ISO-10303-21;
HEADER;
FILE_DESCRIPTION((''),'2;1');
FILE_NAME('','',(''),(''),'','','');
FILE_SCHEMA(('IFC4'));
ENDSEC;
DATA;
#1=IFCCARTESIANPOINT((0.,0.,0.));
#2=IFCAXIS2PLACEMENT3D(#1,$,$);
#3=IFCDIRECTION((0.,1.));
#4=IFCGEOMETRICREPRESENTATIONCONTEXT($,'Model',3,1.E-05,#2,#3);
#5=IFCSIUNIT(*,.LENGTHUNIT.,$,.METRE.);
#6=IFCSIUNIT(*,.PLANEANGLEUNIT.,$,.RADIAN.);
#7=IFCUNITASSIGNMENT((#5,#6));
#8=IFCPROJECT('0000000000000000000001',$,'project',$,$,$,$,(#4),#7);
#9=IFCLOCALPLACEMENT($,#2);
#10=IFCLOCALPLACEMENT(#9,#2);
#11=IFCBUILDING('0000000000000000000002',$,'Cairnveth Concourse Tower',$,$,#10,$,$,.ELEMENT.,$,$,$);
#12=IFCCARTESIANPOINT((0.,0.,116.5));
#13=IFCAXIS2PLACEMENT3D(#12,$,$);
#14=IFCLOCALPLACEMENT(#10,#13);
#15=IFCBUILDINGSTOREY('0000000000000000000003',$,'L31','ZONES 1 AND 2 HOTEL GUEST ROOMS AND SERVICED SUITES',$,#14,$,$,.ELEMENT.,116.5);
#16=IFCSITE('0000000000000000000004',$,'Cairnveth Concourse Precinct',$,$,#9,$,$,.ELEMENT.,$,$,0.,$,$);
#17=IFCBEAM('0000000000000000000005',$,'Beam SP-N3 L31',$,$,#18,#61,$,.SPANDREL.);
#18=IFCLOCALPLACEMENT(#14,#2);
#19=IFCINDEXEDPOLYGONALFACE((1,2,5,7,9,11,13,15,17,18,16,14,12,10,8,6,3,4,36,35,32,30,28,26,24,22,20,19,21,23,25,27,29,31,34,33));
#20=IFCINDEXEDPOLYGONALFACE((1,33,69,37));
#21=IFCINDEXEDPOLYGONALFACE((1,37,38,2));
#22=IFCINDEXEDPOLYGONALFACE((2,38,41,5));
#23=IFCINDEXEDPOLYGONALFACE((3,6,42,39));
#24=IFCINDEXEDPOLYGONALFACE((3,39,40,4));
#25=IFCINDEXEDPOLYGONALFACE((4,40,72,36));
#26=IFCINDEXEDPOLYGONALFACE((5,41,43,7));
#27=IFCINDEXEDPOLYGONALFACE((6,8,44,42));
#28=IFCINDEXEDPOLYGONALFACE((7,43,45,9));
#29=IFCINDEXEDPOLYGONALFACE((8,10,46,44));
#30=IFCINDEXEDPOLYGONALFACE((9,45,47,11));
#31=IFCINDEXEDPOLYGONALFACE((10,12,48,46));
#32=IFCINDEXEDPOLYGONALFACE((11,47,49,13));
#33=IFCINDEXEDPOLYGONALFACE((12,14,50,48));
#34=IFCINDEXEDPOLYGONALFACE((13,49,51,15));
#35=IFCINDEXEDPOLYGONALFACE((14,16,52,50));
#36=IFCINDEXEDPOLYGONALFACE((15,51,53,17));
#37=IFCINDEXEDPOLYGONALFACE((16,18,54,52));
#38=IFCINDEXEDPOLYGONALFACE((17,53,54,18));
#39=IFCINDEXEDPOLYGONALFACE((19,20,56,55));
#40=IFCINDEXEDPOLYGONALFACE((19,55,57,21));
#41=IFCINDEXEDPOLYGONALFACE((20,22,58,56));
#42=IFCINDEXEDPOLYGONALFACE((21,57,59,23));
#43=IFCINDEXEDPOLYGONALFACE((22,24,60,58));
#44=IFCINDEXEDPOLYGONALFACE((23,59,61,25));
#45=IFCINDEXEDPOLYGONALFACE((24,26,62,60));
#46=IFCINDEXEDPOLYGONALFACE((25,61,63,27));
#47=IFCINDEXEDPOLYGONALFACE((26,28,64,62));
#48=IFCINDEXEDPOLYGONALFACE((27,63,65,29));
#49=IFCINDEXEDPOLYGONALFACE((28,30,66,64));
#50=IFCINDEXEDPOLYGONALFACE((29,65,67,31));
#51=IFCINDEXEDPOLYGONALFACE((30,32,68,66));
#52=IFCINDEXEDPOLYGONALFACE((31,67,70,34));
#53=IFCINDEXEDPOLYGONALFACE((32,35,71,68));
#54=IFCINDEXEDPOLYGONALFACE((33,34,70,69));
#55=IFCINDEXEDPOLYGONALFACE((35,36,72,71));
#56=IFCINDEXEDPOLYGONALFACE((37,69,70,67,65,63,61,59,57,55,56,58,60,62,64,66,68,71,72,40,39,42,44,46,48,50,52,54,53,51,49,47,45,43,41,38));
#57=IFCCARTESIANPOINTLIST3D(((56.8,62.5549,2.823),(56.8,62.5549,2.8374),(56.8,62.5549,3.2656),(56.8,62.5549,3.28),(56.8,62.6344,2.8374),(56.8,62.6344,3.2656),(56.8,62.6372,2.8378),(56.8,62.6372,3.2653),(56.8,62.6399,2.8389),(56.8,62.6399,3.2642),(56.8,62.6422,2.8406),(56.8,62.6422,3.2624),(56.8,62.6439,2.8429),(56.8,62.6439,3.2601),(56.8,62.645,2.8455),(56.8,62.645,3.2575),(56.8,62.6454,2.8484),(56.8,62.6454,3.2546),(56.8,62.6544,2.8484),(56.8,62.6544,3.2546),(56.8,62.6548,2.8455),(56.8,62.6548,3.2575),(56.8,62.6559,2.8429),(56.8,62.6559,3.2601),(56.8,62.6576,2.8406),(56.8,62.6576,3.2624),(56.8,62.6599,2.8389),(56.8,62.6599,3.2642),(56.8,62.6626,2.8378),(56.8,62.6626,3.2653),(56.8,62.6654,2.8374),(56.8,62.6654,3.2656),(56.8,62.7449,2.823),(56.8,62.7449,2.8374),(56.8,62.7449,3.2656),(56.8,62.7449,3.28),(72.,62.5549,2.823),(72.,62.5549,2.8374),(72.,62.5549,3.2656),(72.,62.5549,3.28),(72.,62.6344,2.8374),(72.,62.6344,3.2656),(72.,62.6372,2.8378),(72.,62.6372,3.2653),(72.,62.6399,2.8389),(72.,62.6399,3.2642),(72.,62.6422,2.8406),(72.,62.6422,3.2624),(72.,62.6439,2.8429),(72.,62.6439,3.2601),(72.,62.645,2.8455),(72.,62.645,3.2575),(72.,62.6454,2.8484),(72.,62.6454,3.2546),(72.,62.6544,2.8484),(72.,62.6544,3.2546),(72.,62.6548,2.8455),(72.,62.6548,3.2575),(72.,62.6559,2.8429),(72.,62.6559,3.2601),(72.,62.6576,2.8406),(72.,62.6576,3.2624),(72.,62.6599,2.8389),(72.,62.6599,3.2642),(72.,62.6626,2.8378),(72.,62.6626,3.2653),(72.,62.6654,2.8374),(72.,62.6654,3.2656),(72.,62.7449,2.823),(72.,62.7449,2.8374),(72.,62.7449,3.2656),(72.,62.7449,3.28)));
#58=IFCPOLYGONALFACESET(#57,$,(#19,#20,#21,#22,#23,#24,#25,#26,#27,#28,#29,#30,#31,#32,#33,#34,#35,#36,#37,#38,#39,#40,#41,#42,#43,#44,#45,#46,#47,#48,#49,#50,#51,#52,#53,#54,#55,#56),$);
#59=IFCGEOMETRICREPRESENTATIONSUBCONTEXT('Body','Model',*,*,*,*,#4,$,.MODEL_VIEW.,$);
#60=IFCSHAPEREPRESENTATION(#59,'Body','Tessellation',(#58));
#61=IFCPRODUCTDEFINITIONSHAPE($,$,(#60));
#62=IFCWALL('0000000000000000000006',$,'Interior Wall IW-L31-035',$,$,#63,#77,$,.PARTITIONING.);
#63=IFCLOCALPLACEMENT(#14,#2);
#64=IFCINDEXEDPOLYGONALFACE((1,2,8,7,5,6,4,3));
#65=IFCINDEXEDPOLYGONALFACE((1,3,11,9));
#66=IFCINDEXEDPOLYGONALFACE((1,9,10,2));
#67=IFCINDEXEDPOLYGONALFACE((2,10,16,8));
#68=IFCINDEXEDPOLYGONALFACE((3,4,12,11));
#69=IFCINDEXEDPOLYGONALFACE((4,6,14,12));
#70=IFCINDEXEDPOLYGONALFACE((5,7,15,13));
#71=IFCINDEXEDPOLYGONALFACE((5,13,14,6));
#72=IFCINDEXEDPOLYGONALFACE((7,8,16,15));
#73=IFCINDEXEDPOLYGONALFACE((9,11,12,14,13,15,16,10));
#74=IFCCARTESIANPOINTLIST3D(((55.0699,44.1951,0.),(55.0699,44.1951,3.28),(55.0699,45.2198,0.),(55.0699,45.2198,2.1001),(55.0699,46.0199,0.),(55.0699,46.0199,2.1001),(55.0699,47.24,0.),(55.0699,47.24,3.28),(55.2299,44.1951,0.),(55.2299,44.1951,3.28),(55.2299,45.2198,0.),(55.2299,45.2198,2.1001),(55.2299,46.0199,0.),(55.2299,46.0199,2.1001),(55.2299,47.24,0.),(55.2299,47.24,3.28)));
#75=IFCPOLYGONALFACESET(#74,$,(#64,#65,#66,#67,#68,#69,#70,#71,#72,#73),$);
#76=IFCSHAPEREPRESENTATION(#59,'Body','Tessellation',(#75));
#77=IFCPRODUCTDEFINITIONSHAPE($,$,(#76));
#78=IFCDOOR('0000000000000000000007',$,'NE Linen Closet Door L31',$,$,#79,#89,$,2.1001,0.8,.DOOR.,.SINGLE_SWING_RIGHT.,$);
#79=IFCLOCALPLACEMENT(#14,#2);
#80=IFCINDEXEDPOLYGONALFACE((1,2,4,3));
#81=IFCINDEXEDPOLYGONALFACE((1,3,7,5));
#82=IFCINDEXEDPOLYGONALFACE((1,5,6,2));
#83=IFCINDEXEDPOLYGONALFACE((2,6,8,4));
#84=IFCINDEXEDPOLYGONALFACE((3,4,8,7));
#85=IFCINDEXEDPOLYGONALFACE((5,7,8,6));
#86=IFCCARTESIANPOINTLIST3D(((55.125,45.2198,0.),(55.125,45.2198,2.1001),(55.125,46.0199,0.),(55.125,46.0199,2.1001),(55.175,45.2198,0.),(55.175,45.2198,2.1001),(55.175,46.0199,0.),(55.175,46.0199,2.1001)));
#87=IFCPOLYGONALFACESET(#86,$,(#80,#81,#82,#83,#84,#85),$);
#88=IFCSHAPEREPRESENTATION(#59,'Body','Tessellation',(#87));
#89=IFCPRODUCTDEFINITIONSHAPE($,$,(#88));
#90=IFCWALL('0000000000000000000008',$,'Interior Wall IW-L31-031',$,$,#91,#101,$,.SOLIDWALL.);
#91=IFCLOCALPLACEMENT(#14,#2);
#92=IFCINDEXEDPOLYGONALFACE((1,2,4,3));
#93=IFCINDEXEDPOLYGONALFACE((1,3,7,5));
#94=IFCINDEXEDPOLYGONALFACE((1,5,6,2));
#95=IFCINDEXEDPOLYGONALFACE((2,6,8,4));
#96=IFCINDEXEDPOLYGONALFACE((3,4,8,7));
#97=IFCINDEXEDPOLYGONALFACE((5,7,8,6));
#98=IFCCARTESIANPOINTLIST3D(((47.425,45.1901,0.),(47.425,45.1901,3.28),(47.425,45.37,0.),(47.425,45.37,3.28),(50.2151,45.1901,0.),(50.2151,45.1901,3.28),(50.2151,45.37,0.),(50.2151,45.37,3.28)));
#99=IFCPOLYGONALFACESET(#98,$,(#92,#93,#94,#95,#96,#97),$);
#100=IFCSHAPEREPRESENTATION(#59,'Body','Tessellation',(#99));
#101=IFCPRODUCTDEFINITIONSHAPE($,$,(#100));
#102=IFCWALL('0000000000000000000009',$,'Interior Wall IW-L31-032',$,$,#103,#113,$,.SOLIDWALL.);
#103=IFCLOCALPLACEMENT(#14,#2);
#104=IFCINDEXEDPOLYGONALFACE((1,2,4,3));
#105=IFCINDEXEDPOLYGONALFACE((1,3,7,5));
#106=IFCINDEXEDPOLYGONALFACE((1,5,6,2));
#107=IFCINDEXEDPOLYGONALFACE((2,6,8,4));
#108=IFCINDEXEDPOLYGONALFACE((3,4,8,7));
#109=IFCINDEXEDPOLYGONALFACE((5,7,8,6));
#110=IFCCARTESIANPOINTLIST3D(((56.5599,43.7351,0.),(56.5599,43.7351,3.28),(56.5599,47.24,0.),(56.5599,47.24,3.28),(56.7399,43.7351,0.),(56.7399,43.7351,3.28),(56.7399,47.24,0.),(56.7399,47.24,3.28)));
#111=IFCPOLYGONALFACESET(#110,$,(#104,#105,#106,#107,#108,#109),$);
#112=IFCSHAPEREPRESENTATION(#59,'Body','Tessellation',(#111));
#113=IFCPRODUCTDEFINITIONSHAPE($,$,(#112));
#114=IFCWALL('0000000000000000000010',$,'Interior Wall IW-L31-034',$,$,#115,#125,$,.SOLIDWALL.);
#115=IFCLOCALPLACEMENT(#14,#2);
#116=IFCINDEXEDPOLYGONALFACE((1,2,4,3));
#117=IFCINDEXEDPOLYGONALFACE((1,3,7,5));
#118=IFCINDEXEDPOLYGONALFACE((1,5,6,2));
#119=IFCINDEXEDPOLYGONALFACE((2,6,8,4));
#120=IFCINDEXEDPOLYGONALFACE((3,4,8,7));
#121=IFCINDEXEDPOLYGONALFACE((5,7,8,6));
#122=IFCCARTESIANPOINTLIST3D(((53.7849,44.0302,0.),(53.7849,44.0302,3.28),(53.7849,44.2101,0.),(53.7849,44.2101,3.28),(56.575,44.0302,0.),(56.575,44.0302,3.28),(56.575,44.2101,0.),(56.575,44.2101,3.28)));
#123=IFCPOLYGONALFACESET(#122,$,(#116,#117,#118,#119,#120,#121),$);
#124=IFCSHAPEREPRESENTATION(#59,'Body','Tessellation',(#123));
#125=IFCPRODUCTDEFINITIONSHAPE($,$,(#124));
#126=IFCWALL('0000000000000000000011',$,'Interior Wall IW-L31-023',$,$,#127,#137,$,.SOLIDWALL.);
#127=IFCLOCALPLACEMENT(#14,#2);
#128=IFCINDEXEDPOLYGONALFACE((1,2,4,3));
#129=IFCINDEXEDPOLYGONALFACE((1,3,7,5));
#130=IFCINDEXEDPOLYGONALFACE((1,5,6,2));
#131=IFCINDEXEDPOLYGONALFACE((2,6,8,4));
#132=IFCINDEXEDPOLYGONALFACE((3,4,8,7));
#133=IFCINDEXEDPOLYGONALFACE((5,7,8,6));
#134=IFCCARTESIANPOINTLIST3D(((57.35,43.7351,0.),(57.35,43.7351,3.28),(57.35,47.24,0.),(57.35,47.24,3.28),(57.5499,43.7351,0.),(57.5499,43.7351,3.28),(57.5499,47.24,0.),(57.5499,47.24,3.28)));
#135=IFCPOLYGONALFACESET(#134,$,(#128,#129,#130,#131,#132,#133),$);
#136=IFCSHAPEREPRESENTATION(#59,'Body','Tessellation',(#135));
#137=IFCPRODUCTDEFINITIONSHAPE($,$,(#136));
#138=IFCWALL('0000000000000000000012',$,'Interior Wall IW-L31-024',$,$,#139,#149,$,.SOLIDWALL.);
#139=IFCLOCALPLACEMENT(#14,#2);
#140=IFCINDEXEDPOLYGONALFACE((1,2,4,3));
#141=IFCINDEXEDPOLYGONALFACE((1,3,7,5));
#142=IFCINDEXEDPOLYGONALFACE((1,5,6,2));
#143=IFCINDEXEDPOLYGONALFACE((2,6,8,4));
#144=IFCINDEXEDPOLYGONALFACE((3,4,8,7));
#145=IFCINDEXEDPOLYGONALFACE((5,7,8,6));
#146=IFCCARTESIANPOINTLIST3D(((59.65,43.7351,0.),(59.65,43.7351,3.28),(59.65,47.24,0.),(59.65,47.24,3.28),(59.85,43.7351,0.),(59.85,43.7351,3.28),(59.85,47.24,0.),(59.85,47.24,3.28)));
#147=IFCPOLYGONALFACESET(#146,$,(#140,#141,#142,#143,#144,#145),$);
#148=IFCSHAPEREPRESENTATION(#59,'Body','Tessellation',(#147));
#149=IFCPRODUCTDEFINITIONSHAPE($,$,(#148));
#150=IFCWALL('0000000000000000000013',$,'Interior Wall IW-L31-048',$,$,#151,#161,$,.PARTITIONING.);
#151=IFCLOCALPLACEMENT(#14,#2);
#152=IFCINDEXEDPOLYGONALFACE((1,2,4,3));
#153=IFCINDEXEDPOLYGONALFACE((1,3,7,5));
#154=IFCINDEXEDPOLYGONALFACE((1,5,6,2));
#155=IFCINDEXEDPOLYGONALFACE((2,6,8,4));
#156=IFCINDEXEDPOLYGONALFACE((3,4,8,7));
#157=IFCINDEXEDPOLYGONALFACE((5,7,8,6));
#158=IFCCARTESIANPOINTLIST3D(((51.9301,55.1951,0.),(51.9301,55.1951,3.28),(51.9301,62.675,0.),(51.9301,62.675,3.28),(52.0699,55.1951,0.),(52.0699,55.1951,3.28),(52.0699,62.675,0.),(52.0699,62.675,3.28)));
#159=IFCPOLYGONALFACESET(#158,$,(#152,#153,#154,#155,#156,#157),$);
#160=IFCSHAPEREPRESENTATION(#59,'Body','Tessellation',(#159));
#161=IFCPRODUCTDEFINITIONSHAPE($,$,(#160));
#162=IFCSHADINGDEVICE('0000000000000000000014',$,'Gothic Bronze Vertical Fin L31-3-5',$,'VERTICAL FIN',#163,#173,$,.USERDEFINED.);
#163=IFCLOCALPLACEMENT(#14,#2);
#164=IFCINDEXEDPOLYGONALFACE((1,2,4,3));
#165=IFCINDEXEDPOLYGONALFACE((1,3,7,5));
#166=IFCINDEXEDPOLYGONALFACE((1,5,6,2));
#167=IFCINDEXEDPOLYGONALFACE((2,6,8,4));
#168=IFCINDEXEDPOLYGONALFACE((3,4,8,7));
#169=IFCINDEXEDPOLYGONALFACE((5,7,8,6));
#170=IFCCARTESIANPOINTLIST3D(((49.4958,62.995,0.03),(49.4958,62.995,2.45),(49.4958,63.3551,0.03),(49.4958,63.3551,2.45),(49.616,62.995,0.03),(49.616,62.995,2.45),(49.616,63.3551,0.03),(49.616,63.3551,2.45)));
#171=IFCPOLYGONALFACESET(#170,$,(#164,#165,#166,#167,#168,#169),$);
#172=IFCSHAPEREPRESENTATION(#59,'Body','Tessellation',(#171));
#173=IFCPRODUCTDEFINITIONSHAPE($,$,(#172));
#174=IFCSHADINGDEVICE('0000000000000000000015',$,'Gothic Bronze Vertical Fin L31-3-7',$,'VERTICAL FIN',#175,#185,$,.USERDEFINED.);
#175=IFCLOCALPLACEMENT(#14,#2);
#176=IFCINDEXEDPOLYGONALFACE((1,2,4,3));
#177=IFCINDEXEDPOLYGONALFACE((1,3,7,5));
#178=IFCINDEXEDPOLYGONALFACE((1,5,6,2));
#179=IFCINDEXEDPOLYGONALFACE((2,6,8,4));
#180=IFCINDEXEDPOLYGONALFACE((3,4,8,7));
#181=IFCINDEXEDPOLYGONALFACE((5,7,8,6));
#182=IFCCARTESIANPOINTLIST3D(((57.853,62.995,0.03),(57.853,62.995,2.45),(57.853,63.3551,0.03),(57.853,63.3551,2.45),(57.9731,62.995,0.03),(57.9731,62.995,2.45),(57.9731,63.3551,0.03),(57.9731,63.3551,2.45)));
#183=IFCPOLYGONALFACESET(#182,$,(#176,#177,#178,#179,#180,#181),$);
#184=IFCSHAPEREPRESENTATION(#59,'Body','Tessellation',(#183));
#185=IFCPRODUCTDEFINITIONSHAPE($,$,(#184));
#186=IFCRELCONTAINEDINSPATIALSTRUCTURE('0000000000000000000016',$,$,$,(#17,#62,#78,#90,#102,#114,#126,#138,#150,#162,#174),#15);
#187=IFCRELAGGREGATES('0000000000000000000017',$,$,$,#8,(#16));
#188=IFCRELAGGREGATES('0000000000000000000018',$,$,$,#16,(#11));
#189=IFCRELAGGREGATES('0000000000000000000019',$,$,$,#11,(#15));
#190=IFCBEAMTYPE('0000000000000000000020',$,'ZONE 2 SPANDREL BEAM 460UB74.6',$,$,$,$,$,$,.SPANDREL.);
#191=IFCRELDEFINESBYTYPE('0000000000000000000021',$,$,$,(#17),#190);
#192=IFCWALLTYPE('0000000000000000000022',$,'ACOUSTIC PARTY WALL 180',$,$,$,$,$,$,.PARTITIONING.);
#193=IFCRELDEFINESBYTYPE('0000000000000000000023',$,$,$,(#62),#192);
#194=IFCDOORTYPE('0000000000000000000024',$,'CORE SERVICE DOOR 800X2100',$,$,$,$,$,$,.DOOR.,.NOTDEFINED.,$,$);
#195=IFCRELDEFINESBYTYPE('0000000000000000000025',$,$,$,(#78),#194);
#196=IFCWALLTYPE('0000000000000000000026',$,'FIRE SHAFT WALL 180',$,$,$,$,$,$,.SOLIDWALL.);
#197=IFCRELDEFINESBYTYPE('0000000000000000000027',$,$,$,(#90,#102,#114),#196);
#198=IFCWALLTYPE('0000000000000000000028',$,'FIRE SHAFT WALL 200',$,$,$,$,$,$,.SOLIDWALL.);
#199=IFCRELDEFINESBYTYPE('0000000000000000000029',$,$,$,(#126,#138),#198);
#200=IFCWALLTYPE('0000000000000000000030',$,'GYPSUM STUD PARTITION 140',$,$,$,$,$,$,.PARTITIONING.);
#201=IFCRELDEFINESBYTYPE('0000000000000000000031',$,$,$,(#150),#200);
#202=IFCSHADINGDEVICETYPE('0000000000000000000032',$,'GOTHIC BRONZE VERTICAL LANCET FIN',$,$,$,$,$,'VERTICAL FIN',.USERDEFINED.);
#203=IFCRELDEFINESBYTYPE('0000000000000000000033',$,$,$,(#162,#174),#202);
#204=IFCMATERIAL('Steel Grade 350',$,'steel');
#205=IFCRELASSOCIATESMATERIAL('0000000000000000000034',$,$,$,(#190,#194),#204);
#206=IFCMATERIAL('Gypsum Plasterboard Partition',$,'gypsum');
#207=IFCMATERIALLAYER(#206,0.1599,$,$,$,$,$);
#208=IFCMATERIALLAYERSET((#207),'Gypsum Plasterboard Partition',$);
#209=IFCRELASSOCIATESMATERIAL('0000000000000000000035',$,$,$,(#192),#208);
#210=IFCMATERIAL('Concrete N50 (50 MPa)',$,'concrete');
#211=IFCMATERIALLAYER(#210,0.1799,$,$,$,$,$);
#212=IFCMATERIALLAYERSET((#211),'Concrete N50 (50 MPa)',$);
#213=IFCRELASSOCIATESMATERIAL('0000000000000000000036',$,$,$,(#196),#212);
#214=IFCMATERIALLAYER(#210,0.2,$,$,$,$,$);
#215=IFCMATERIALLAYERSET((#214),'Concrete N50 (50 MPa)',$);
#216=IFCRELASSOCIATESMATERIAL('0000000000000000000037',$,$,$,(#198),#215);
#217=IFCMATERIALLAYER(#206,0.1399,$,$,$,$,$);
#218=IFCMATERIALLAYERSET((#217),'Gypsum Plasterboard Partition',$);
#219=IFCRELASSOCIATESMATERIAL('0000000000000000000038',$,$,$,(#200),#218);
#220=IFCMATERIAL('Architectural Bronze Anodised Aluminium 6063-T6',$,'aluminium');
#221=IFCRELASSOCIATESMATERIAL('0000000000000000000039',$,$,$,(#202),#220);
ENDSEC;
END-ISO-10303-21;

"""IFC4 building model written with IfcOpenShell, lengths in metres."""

from ifc_helpers import new_model, si_unit, direction, frame, frame_2d, origin, origin_2d, place, context, subcontext, project, spatial, rectangle, i_section, extrude, material, layer, layer_set, material_profile, profile_set, type_object, element, fill, save


model = new_model("IFC4")

# Units and contexts
model_context = context("Model", 3, precision=1e-05, world=origin(), true_north=direction((0.0, 1.0)))
body_context = subcontext(model_context, "Body", "Model", "MODEL_VIEW")
ifc_project = project(units=[si_unit("LENGTHUNIT", "METRE"), si_unit("PLANEANGLEUNIT", "RADIAN")], contexts=[model_context])

# Site, building, storey
site_placement = place(None, origin())
site = spatial("IfcSite", under=ifc_project, at=site_placement, Name="Cairnveth Concourse Precinct", CompositionType="ELEMENT", RefElevation=0.0)
building_placement = place(site_placement, origin())
building = spatial("IfcBuilding", under=site, at=building_placement, Name="Cairnveth Concourse Tower", CompositionType="ELEMENT")
storey_placement = place(building_placement, frame((0.0, 0.0, 116.5)))
storey = spatial("IfcBuildingStorey", under=building, at=storey_placement, Name="L31", Description="ZONES 1 AND 2 HOTEL GUEST ROOMS AND SERVICED SUITES", CompositionType="ELEMENT", Elevation=116.5)

# Beam
ifc_material_1 = material(Name="Steel Grade 350", Category="steel")
ifc_material_profile_1 = material_profile(ifc_material_1, i_section(OverallWidth=0.1899, OverallDepth=0.457, WebThickness=0.009, FlangeThickness=0.0144, FilletRadius=0.011, at=origin_2d()), Name="460UB74.6")
ifc_profile_set_1 = profile_set([ifc_material_profile_1], Name="Steel Grade 350")
beam_type_1 = type_object("IfcBeamType", Name="ZONE 2 SPANDREL BEAM 460UB74.6", PredefinedType="SPANDREL", material=ifc_profile_set_1)
beam_1_placement = place(storey_placement, frame((56.8, 62.6499, 3.0515), z_axis=(1.0, 0.0, 0.0), x_axis=(0.0, 1.0, 0.0)))
element("IfcBeam", 1, at=beam_1_placement, inside=storey, type_object=beam_type_1, Name="Beam SP-N3 L31", PredefinedType="SPANDREL", context=body_context, shape_type="SweptSolid", body=[
    extrude(i_section(OverallWidth=0.1899, OverallDepth=0.457, WebThickness=0.009, FlangeThickness=0.0144, FilletRadius=0.011, at=origin_2d()), origin(), (0.0, 0.0, 1.0), 15.2),
])

# Wall, opening, door
ifc_material_2 = material(Name="Gypsum Plasterboard Partition", Category="gypsum")
ifc_layer_1 = layer(ifc_material_2, 0.1599)
ifc_layer_set_1 = layer_set([ifc_layer_1], Name="Gypsum Plasterboard Partition")
wall_type_1 = type_object("IfcWallType", Name="ACOUSTIC PARTY WALL 180", PredefinedType="PARTITIONING", material=ifc_layer_set_1)
wall_1_placement = place(storey_placement, frame((55.1499, 44.1951, 0.0), z_axis=(0.0, 0.0, 1.0), x_axis=(0.0, 1.0, 0.0)))
wall_1 = element("IfcWall", 2, at=wall_1_placement, inside=storey, type_object=wall_type_1, Name="Interior Wall IW-L31-035", PredefinedType="PARTITIONING", context=body_context, shape_type="SweptSolid", body=[
    extrude(rectangle(XDim=3.0449, YDim=0.1599, at=frame_2d((1.5225, 0.0))), origin(), (0.0, 0.0, 1.0), 3.28),
])
opening_placement = place(wall_1_placement, frame((1.0249, 0.0, 0.0)))
opening = element("IfcOpeningElement", 3, at=opening_placement, cuts=wall_1, PredefinedType="OPENING", context=body_context, shape_type="SweptSolid", body=[
    extrude(rectangle(XDim=0.8, YDim=2.1001, at=frame_2d((0.3999, 1.05))), frame((0.0, 0.0898, 0.0), z_axis=(0.0, -1.0, 0.0), x_axis=(1.0, 0.0, 0.0)), (0.0, 0.0, 1.0), 0.1799),
])
door_type = type_object("IfcDoorType", Name="CORE SERVICE DOOR 800X2100", OperationType="NOTDEFINED", PredefinedType="DOOR", material=ifc_material_1)
door_placement = place(opening_placement, origin())
door = element("IfcDoor", 4, at=door_placement, inside=storey, type_object=door_type, Name="NE Linen Closet Door L31", OperationType="SINGLE_SWING_RIGHT", OverallHeight=2.1001, OverallWidth=0.8, PredefinedType="DOOR", context=body_context, shape_type="SweptSolid", body=[
    extrude(rectangle(XDim=0.8, YDim=2.1001, at=frame_2d((0.3999, 1.05))), frame((0.0, 0.0249, 0.0), z_axis=(0.0, -1.0, 0.0), x_axis=(1.0, 0.0, 0.0)), (0.0, 0.0, 1.0), 0.05),
])
fill(opening, door)

# Walls
ifc_material_3 = material(Name="Concrete N50 (50 MPa)", Category="concrete")
ifc_layer_2 = layer(ifc_material_3, 0.1799)
ifc_layer_set_2 = layer_set([ifc_layer_2], Name="Concrete N50 (50 MPa)")
wall_type_2 = type_object("IfcWallType", Name="FIRE SHAFT WALL 180", PredefinedType="SOLIDWALL", material=ifc_layer_set_2)
wall_2_placement = place(storey_placement, frame((47.425, 45.28, 0.0), z_axis=(0.0, 0.0, 1.0), x_axis=(1.0, 0.0, 0.0)))
element("IfcWall", 5, at=wall_2_placement, inside=storey, type_object=wall_type_2, Name="Interior Wall IW-L31-031", PredefinedType="SOLIDWALL", context=body_context, shape_type="SweptSolid", body=[
    extrude(rectangle(XDim=2.79, YDim=0.1799, at=frame_2d((1.395, 0.0))), origin(), (0.0, 0.0, 1.0), 3.28),
])
wall_3_placement = place(storey_placement, frame((56.6499, 43.7351, 0.0), z_axis=(0.0, 0.0, 1.0), x_axis=(0.0, 1.0, 0.0)))
element("IfcWall", 6, at=wall_3_placement, inside=storey, type_object=wall_type_2, Name="Interior Wall IW-L31-032", PredefinedType="SOLIDWALL", context=body_context, shape_type="SweptSolid", body=[
    extrude(rectangle(XDim=3.5049, YDim=0.1799, at=frame_2d((1.7524, 0.0))), origin(), (0.0, 0.0, 1.0), 3.28),
])
wall_4_placement = place(storey_placement, frame((53.7849, 44.1201, 0.0), z_axis=(0.0, 0.0, 1.0), x_axis=(1.0, 0.0, 0.0)))
element("IfcWall", 7, at=wall_4_placement, inside=storey, type_object=wall_type_2, Name="Interior Wall IW-L31-034", PredefinedType="SOLIDWALL", context=body_context, shape_type="SweptSolid", body=[
    extrude(rectangle(XDim=2.79, YDim=0.1799, at=frame_2d((1.395, 0.0))), origin(), (0.0, 0.0, 1.0), 3.28),
])
ifc_layer_3 = layer(ifc_material_3, 0.2)
ifc_layer_set_3 = layer_set([ifc_layer_3], Name="Concrete N50 (50 MPa)")
wall_type_3 = type_object("IfcWallType", Name="FIRE SHAFT WALL 200", PredefinedType="SOLIDWALL", material=ifc_layer_set_3)
for number, where, z_axis, x_axis, name in (
    (8, (57.45, 43.7351, 0.0), (0.0, 0.0, 1.0), (0.0, 1.0, 0.0), "Interior Wall IW-L31-023"),
    (9, (59.75, 43.7351, 0.0), (0.0, 0.0, 1.0), (0.0, 1.0, 0.0), "Interior Wall IW-L31-024"),
):
    element("IfcWall", number, at=place(storey_placement, frame(where, z_axis=z_axis, x_axis=x_axis)), inside=storey, type_object=wall_type_3, Name=name, PredefinedType="SOLIDWALL", context=body_context, shape_type="SweptSolid", body=[
        extrude(rectangle(XDim=3.5049, YDim=0.2, at=frame_2d((1.7524, 0.0))), origin(), (0.0, 0.0, 1.0), 3.28),
    ])
ifc_layer_4 = layer(ifc_material_2, 0.1399)
ifc_layer_set_4 = layer_set([ifc_layer_4], Name="Gypsum Plasterboard Partition")
wall_type_4 = type_object("IfcWallType", Name="GYPSUM STUD PARTITION 140", PredefinedType="PARTITIONING", material=ifc_layer_set_4)
wall_5_placement = place(storey_placement, frame((52.0, 55.1951, 0.0), z_axis=(0.0, 0.0, 1.0), x_axis=(0.0, 1.0, 0.0)))
element("IfcWall", 10, at=wall_5_placement, inside=storey, type_object=wall_type_4, Name="Interior Wall IW-L31-048", PredefinedType="PARTITIONING", context=body_context, shape_type="SweptSolid", body=[
    extrude(rectangle(XDim=7.48, YDim=0.1399, at=frame_2d((3.74, 0.0))), origin(), (0.0, 0.0, 1.0), 3.28),
])

# Shading devices
ifc_material_4 = material(Name="Architectural Bronze Anodised Aluminium 6063-T6", Category="aluminium")
shading_device_type = type_object("IfcShadingDeviceType", Name="GOTHIC BRONZE VERTICAL LANCET FIN", ElementType="VERTICAL FIN", PredefinedType="USERDEFINED", material=ifc_material_4)
for number, where, z_axis, x_axis, name in (
    (11, (49.5559, 63.175, 0.03), (0.0, 0.0, 1.0), (1.0, 0.0, 0.0), "Gothic Bronze Vertical Fin L31-3-5"),
    (12, (57.9131, 63.175, 0.03), (0.0, 0.0, 1.0), (1.0, 0.0, 0.0), "Gothic Bronze Vertical Fin L31-3-7"),
):
    element("IfcShadingDevice", number, at=place(storey_placement, frame(where, z_axis=z_axis, x_axis=x_axis)), inside=storey, type_object=shading_device_type, Name=name, ObjectType="VERTICAL FIN", PredefinedType="USERDEFINED", context=body_context, shape_type="SweptSolid", body=[
        extrude(rectangle(XDim=0.1201, YDim=0.3601, at=origin_2d()), origin(), (0.0, 0.0, 1.0), 2.4199),
    ])

save(model, "model.ifc")
